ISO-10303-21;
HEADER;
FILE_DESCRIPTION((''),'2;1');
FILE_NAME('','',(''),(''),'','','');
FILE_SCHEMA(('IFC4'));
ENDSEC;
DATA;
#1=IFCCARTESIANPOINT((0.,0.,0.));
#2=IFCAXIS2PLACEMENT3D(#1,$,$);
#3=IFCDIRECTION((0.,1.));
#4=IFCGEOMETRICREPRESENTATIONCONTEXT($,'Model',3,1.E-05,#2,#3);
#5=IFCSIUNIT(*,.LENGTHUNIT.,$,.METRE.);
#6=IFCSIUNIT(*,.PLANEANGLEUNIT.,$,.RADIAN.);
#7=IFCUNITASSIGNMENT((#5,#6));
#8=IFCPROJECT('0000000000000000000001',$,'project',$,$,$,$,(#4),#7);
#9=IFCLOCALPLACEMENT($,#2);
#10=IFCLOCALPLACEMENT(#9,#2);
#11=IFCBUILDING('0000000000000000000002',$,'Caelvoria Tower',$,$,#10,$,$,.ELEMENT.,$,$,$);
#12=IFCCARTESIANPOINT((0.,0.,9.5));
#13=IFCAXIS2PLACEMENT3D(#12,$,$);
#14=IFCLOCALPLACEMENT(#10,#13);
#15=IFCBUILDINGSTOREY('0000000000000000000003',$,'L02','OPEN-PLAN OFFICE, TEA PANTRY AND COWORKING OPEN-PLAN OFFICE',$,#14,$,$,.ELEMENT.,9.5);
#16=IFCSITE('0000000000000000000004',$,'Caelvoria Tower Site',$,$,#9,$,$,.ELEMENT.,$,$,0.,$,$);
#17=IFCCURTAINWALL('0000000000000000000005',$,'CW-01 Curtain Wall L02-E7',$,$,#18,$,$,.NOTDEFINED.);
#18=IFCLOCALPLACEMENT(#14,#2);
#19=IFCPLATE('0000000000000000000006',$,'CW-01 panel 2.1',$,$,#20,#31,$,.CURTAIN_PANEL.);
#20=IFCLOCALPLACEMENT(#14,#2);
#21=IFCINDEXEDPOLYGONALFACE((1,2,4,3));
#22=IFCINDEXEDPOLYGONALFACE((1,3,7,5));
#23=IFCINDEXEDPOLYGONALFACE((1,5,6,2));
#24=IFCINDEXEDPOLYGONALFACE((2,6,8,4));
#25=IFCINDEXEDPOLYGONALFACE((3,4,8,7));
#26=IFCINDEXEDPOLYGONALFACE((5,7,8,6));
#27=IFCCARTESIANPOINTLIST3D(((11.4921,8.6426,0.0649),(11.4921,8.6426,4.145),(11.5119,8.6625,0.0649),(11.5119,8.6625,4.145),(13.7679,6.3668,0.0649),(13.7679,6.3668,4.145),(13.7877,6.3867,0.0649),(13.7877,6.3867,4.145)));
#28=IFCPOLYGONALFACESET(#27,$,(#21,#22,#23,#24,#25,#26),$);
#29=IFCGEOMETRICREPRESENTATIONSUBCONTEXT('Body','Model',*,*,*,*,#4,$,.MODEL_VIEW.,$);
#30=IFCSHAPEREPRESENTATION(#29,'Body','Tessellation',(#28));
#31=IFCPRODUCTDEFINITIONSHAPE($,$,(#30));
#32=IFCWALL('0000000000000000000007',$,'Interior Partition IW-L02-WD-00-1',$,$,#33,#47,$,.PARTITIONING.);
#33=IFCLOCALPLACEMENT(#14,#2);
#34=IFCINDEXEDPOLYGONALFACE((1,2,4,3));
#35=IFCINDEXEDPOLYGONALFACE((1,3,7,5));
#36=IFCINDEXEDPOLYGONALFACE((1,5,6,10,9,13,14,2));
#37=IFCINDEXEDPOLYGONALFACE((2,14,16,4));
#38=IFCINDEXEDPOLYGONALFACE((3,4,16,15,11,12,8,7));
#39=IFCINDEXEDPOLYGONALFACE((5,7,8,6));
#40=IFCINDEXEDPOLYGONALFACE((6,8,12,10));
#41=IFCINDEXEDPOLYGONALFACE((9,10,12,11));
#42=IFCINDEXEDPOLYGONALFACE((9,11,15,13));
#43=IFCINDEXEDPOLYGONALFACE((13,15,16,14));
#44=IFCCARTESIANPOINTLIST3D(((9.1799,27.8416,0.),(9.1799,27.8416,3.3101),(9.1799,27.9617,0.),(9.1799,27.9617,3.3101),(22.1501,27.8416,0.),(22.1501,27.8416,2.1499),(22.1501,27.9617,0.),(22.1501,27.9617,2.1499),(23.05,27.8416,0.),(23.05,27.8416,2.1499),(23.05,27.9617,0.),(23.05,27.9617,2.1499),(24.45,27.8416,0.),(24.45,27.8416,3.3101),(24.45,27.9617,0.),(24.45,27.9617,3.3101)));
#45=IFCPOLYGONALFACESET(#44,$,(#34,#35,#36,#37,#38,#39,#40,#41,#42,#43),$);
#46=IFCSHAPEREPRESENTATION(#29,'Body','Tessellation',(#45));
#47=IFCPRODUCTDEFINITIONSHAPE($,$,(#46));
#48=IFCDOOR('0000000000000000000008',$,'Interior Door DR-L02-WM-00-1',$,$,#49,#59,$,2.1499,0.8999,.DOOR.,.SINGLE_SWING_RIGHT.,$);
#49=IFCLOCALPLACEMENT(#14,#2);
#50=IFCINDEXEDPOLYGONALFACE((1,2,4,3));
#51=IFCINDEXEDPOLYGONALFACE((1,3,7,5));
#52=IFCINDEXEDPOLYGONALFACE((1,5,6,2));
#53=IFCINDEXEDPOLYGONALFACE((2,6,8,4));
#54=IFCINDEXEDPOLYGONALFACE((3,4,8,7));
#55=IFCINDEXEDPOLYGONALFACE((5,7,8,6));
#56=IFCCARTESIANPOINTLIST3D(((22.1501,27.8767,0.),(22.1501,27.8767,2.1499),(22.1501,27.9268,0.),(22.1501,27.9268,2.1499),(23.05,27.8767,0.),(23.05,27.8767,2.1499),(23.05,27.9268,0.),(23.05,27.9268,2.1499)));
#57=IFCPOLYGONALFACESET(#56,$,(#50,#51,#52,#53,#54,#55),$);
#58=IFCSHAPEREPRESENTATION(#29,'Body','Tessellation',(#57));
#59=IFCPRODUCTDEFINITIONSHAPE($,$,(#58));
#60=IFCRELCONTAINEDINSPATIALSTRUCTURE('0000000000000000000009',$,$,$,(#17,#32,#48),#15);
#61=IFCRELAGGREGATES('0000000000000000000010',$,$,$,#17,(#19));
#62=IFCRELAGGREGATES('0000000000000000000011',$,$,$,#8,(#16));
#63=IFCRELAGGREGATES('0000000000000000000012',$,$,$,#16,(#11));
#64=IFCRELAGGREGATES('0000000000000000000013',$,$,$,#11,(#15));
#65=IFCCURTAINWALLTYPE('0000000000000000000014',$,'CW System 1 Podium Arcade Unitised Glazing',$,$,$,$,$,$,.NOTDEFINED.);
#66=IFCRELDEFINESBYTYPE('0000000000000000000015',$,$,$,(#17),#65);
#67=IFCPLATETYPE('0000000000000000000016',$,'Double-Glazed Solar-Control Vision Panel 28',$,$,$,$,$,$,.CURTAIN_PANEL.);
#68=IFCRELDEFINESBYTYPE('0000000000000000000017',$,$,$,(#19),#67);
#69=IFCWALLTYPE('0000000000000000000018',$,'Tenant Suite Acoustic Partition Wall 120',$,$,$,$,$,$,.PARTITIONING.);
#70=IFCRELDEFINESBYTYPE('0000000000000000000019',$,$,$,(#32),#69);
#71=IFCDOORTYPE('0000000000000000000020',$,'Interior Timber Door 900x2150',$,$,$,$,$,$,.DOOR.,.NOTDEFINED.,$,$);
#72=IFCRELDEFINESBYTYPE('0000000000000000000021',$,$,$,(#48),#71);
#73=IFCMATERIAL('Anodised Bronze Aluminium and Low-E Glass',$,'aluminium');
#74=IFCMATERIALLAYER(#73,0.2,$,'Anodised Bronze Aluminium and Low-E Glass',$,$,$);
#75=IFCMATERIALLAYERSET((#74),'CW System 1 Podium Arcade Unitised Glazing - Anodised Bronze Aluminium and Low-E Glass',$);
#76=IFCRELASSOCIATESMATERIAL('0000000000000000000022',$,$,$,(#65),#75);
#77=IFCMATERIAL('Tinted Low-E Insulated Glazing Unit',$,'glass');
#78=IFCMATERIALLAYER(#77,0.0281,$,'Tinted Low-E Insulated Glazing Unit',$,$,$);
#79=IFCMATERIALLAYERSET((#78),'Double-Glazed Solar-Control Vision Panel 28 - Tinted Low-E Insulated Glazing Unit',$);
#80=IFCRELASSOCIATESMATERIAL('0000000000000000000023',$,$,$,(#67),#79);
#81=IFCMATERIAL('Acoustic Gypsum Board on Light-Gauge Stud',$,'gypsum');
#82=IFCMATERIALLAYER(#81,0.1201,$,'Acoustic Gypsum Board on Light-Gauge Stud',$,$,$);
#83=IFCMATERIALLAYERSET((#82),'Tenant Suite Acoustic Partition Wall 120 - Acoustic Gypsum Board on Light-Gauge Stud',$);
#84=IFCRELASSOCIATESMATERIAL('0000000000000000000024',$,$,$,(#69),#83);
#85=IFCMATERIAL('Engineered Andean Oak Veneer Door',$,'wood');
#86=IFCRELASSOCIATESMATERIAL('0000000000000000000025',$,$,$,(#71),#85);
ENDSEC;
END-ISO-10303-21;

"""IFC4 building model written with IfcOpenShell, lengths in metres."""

from ifc_helpers import new_model, si_unit, direction, frame, frame_2d, origin, origin_2d, place, context, subcontext, project, spatial, rectangle, extrude, material, layer, layer_set, type_object, element, fill, aggregate, save


model = new_model("IFC4")

# Units and contexts
model_context = context("Model", 3, precision=1e-05, world=origin(), true_north=direction((0.0, 1.0)))
body_context = subcontext(model_context, "Body", "Model", "MODEL_VIEW")
ifc_project = project(units=[si_unit("LENGTHUNIT", "METRE"), si_unit("PLANEANGLEUNIT", "RADIAN")], contexts=[model_context])

# Site, building, storey
site_placement = place(None, origin())
site = spatial("IfcSite", under=ifc_project, at=site_placement, Name="Caelvoria Tower Site", CompositionType="ELEMENT", RefElevation=0.0)
building_placement = place(site_placement, origin())
building = spatial("IfcBuilding", under=site, at=building_placement, Name="Caelvoria Tower", CompositionType="ELEMENT")
storey_placement = place(building_placement, frame((0.0, 0.0, 9.5)))
storey = spatial("IfcBuildingStorey", under=building, at=storey_placement, Name="L02", Description="OPEN-PLAN OFFICE, TEA PANTRY AND COWORKING OPEN-PLAN OFFICE", CompositionType="ELEMENT", Elevation=9.5)

# Curtain wall
ifc_material_1 = material(Name="Anodised Bronze Aluminium and Low-E Glass", Category="aluminium")
ifc_layer_1 = layer(ifc_material_1, 0.2, Name="Anodised Bronze Aluminium and Low-E Glass")
ifc_layer_set_1 = layer_set([ifc_layer_1], Name="CW System 1 Podium Arcade Unitised Glazing - Anodised Bronze Aluminium and Low-E Glass")
curtain_wall_type = type_object("IfcCurtainWallType", Name="CW System 1 Podium Arcade Unitised Glazing", PredefinedType="NOTDEFINED", material=ifc_layer_set_1)
curtain_wall_1_placement = place(storey_placement, origin())
curtain_wall_1 = element("IfcCurtainWall", 1, at=curtain_wall_1_placement, inside=storey, type_object=curtain_wall_type, Name="CW-01 Curtain Wall L02-E7", PredefinedType="NOTDEFINED")

# Plate
ifc_material_2 = material(Name="Tinted Low-E Insulated Glazing Unit", Category="glass")
ifc_layer_2 = layer(ifc_material_2, 0.0281, Name="Tinted Low-E Insulated Glazing Unit")
ifc_layer_set_2 = layer_set([ifc_layer_2], Name="Double-Glazed Solar-Control Vision Panel 28 - Tinted Low-E Insulated Glazing Unit")
plate_type = type_object("IfcPlateType", Name="Double-Glazed Solar-Control Vision Panel 28", PredefinedType="CURTAIN_PANEL", material=ifc_layer_set_2)
plate_1_placement = place(storey_placement, frame((12.6399, 7.5146, 0.0649), z_axis=(0.0, 0.0, 1.0), x_axis=(0.707107, -0.707107, 0.0)))
plate_1 = element("IfcPlate", 2, at=plate_1_placement, type_object=plate_type, Name="CW-01 panel 2.1", PredefinedType="CURTAIN_PANEL", context=body_context, shape_type="SweptSolid", body=[
    extrude(rectangle(XDim=3.2185, YDim=0.0281, at=origin_2d()), origin(), (0.0, 0.0, 1.0), 4.0801),
])
aggregate(curtain_wall_1, [plate_1])

# Wall, opening, door
ifc_material_3 = material(Name="Acoustic Gypsum Board on Light-Gauge Stud", Category="gypsum")
ifc_layer_3 = layer(ifc_material_3, 0.1201, Name="Acoustic Gypsum Board on Light-Gauge Stud")
ifc_layer_set_3 = layer_set([ifc_layer_3], Name="Tenant Suite Acoustic Partition Wall 120 - Acoustic Gypsum Board on Light-Gauge Stud")
wall_type = type_object("IfcWallType", Name="Tenant Suite Acoustic Partition Wall 120", PredefinedType="PARTITIONING", material=ifc_layer_set_3)
wall_placement = place(storey_placement, frame((24.45, 27.9016, 0.0), z_axis=(0.0, 0.0, 1.0), x_axis=(-1.0, 0.0, 0.0)))
wall = element("IfcWall", 3, at=wall_placement, inside=storey, type_object=wall_type, Name="Interior Partition IW-L02-WD-00-1", PredefinedType="PARTITIONING", context=body_context, shape_type="SweptSolid", body=[
    extrude(rectangle(XDim=15.27, YDim=0.1201, at=frame_2d((7.635, 0.0))), origin(), (0.0, 0.0, 1.0), 3.3101),
])
opening_placement = place(wall_placement, frame((1.3999, 0.0, 0.0)))
opening = element("IfcOpeningElement", 4, at=opening_placement, cuts=wall, PredefinedType="OPENING", context=body_context, shape_type="SweptSolid", body=[
    extrude(rectangle(XDim=0.8999, YDim=2.1499, at=frame_2d((0.45, 1.075))), frame((0.0, 0.0701, 0.0), z_axis=(0.0, -1.0, 0.0), x_axis=(1.0, 0.0, 0.0)), (0.0, 0.0, 1.0), 0.1401),
])
ifc_material_4 = material(Name="Engineered Andean Oak Veneer Door", Category="wood")
door_type = type_object("IfcDoorType", Name="Interior Timber Door 900x2150", OperationType="NOTDEFINED", PredefinedType="DOOR", material=ifc_material_4)
door_placement = place(opening_placement, origin())
door = element("IfcDoor", 5, at=door_placement, inside=storey, type_object=door_type, Name="Interior Door DR-L02-WM-00-1", OperationType="SINGLE_SWING_RIGHT", OverallHeight=2.1499, OverallWidth=0.8999, PredefinedType="DOOR", context=body_context, shape_type="SweptSolid", body=[
    extrude(rectangle(XDim=0.8999, YDim=2.1499, at=frame_2d((0.45, 1.075))), frame((0.0, 0.0249, 0.0), z_axis=(0.0, -1.0, 0.0), x_axis=(1.0, 0.0, 0.0)), (0.0, 0.0, 1.0), 0.05),
])
fill(opening, door)

save(model, "model.ifc")
